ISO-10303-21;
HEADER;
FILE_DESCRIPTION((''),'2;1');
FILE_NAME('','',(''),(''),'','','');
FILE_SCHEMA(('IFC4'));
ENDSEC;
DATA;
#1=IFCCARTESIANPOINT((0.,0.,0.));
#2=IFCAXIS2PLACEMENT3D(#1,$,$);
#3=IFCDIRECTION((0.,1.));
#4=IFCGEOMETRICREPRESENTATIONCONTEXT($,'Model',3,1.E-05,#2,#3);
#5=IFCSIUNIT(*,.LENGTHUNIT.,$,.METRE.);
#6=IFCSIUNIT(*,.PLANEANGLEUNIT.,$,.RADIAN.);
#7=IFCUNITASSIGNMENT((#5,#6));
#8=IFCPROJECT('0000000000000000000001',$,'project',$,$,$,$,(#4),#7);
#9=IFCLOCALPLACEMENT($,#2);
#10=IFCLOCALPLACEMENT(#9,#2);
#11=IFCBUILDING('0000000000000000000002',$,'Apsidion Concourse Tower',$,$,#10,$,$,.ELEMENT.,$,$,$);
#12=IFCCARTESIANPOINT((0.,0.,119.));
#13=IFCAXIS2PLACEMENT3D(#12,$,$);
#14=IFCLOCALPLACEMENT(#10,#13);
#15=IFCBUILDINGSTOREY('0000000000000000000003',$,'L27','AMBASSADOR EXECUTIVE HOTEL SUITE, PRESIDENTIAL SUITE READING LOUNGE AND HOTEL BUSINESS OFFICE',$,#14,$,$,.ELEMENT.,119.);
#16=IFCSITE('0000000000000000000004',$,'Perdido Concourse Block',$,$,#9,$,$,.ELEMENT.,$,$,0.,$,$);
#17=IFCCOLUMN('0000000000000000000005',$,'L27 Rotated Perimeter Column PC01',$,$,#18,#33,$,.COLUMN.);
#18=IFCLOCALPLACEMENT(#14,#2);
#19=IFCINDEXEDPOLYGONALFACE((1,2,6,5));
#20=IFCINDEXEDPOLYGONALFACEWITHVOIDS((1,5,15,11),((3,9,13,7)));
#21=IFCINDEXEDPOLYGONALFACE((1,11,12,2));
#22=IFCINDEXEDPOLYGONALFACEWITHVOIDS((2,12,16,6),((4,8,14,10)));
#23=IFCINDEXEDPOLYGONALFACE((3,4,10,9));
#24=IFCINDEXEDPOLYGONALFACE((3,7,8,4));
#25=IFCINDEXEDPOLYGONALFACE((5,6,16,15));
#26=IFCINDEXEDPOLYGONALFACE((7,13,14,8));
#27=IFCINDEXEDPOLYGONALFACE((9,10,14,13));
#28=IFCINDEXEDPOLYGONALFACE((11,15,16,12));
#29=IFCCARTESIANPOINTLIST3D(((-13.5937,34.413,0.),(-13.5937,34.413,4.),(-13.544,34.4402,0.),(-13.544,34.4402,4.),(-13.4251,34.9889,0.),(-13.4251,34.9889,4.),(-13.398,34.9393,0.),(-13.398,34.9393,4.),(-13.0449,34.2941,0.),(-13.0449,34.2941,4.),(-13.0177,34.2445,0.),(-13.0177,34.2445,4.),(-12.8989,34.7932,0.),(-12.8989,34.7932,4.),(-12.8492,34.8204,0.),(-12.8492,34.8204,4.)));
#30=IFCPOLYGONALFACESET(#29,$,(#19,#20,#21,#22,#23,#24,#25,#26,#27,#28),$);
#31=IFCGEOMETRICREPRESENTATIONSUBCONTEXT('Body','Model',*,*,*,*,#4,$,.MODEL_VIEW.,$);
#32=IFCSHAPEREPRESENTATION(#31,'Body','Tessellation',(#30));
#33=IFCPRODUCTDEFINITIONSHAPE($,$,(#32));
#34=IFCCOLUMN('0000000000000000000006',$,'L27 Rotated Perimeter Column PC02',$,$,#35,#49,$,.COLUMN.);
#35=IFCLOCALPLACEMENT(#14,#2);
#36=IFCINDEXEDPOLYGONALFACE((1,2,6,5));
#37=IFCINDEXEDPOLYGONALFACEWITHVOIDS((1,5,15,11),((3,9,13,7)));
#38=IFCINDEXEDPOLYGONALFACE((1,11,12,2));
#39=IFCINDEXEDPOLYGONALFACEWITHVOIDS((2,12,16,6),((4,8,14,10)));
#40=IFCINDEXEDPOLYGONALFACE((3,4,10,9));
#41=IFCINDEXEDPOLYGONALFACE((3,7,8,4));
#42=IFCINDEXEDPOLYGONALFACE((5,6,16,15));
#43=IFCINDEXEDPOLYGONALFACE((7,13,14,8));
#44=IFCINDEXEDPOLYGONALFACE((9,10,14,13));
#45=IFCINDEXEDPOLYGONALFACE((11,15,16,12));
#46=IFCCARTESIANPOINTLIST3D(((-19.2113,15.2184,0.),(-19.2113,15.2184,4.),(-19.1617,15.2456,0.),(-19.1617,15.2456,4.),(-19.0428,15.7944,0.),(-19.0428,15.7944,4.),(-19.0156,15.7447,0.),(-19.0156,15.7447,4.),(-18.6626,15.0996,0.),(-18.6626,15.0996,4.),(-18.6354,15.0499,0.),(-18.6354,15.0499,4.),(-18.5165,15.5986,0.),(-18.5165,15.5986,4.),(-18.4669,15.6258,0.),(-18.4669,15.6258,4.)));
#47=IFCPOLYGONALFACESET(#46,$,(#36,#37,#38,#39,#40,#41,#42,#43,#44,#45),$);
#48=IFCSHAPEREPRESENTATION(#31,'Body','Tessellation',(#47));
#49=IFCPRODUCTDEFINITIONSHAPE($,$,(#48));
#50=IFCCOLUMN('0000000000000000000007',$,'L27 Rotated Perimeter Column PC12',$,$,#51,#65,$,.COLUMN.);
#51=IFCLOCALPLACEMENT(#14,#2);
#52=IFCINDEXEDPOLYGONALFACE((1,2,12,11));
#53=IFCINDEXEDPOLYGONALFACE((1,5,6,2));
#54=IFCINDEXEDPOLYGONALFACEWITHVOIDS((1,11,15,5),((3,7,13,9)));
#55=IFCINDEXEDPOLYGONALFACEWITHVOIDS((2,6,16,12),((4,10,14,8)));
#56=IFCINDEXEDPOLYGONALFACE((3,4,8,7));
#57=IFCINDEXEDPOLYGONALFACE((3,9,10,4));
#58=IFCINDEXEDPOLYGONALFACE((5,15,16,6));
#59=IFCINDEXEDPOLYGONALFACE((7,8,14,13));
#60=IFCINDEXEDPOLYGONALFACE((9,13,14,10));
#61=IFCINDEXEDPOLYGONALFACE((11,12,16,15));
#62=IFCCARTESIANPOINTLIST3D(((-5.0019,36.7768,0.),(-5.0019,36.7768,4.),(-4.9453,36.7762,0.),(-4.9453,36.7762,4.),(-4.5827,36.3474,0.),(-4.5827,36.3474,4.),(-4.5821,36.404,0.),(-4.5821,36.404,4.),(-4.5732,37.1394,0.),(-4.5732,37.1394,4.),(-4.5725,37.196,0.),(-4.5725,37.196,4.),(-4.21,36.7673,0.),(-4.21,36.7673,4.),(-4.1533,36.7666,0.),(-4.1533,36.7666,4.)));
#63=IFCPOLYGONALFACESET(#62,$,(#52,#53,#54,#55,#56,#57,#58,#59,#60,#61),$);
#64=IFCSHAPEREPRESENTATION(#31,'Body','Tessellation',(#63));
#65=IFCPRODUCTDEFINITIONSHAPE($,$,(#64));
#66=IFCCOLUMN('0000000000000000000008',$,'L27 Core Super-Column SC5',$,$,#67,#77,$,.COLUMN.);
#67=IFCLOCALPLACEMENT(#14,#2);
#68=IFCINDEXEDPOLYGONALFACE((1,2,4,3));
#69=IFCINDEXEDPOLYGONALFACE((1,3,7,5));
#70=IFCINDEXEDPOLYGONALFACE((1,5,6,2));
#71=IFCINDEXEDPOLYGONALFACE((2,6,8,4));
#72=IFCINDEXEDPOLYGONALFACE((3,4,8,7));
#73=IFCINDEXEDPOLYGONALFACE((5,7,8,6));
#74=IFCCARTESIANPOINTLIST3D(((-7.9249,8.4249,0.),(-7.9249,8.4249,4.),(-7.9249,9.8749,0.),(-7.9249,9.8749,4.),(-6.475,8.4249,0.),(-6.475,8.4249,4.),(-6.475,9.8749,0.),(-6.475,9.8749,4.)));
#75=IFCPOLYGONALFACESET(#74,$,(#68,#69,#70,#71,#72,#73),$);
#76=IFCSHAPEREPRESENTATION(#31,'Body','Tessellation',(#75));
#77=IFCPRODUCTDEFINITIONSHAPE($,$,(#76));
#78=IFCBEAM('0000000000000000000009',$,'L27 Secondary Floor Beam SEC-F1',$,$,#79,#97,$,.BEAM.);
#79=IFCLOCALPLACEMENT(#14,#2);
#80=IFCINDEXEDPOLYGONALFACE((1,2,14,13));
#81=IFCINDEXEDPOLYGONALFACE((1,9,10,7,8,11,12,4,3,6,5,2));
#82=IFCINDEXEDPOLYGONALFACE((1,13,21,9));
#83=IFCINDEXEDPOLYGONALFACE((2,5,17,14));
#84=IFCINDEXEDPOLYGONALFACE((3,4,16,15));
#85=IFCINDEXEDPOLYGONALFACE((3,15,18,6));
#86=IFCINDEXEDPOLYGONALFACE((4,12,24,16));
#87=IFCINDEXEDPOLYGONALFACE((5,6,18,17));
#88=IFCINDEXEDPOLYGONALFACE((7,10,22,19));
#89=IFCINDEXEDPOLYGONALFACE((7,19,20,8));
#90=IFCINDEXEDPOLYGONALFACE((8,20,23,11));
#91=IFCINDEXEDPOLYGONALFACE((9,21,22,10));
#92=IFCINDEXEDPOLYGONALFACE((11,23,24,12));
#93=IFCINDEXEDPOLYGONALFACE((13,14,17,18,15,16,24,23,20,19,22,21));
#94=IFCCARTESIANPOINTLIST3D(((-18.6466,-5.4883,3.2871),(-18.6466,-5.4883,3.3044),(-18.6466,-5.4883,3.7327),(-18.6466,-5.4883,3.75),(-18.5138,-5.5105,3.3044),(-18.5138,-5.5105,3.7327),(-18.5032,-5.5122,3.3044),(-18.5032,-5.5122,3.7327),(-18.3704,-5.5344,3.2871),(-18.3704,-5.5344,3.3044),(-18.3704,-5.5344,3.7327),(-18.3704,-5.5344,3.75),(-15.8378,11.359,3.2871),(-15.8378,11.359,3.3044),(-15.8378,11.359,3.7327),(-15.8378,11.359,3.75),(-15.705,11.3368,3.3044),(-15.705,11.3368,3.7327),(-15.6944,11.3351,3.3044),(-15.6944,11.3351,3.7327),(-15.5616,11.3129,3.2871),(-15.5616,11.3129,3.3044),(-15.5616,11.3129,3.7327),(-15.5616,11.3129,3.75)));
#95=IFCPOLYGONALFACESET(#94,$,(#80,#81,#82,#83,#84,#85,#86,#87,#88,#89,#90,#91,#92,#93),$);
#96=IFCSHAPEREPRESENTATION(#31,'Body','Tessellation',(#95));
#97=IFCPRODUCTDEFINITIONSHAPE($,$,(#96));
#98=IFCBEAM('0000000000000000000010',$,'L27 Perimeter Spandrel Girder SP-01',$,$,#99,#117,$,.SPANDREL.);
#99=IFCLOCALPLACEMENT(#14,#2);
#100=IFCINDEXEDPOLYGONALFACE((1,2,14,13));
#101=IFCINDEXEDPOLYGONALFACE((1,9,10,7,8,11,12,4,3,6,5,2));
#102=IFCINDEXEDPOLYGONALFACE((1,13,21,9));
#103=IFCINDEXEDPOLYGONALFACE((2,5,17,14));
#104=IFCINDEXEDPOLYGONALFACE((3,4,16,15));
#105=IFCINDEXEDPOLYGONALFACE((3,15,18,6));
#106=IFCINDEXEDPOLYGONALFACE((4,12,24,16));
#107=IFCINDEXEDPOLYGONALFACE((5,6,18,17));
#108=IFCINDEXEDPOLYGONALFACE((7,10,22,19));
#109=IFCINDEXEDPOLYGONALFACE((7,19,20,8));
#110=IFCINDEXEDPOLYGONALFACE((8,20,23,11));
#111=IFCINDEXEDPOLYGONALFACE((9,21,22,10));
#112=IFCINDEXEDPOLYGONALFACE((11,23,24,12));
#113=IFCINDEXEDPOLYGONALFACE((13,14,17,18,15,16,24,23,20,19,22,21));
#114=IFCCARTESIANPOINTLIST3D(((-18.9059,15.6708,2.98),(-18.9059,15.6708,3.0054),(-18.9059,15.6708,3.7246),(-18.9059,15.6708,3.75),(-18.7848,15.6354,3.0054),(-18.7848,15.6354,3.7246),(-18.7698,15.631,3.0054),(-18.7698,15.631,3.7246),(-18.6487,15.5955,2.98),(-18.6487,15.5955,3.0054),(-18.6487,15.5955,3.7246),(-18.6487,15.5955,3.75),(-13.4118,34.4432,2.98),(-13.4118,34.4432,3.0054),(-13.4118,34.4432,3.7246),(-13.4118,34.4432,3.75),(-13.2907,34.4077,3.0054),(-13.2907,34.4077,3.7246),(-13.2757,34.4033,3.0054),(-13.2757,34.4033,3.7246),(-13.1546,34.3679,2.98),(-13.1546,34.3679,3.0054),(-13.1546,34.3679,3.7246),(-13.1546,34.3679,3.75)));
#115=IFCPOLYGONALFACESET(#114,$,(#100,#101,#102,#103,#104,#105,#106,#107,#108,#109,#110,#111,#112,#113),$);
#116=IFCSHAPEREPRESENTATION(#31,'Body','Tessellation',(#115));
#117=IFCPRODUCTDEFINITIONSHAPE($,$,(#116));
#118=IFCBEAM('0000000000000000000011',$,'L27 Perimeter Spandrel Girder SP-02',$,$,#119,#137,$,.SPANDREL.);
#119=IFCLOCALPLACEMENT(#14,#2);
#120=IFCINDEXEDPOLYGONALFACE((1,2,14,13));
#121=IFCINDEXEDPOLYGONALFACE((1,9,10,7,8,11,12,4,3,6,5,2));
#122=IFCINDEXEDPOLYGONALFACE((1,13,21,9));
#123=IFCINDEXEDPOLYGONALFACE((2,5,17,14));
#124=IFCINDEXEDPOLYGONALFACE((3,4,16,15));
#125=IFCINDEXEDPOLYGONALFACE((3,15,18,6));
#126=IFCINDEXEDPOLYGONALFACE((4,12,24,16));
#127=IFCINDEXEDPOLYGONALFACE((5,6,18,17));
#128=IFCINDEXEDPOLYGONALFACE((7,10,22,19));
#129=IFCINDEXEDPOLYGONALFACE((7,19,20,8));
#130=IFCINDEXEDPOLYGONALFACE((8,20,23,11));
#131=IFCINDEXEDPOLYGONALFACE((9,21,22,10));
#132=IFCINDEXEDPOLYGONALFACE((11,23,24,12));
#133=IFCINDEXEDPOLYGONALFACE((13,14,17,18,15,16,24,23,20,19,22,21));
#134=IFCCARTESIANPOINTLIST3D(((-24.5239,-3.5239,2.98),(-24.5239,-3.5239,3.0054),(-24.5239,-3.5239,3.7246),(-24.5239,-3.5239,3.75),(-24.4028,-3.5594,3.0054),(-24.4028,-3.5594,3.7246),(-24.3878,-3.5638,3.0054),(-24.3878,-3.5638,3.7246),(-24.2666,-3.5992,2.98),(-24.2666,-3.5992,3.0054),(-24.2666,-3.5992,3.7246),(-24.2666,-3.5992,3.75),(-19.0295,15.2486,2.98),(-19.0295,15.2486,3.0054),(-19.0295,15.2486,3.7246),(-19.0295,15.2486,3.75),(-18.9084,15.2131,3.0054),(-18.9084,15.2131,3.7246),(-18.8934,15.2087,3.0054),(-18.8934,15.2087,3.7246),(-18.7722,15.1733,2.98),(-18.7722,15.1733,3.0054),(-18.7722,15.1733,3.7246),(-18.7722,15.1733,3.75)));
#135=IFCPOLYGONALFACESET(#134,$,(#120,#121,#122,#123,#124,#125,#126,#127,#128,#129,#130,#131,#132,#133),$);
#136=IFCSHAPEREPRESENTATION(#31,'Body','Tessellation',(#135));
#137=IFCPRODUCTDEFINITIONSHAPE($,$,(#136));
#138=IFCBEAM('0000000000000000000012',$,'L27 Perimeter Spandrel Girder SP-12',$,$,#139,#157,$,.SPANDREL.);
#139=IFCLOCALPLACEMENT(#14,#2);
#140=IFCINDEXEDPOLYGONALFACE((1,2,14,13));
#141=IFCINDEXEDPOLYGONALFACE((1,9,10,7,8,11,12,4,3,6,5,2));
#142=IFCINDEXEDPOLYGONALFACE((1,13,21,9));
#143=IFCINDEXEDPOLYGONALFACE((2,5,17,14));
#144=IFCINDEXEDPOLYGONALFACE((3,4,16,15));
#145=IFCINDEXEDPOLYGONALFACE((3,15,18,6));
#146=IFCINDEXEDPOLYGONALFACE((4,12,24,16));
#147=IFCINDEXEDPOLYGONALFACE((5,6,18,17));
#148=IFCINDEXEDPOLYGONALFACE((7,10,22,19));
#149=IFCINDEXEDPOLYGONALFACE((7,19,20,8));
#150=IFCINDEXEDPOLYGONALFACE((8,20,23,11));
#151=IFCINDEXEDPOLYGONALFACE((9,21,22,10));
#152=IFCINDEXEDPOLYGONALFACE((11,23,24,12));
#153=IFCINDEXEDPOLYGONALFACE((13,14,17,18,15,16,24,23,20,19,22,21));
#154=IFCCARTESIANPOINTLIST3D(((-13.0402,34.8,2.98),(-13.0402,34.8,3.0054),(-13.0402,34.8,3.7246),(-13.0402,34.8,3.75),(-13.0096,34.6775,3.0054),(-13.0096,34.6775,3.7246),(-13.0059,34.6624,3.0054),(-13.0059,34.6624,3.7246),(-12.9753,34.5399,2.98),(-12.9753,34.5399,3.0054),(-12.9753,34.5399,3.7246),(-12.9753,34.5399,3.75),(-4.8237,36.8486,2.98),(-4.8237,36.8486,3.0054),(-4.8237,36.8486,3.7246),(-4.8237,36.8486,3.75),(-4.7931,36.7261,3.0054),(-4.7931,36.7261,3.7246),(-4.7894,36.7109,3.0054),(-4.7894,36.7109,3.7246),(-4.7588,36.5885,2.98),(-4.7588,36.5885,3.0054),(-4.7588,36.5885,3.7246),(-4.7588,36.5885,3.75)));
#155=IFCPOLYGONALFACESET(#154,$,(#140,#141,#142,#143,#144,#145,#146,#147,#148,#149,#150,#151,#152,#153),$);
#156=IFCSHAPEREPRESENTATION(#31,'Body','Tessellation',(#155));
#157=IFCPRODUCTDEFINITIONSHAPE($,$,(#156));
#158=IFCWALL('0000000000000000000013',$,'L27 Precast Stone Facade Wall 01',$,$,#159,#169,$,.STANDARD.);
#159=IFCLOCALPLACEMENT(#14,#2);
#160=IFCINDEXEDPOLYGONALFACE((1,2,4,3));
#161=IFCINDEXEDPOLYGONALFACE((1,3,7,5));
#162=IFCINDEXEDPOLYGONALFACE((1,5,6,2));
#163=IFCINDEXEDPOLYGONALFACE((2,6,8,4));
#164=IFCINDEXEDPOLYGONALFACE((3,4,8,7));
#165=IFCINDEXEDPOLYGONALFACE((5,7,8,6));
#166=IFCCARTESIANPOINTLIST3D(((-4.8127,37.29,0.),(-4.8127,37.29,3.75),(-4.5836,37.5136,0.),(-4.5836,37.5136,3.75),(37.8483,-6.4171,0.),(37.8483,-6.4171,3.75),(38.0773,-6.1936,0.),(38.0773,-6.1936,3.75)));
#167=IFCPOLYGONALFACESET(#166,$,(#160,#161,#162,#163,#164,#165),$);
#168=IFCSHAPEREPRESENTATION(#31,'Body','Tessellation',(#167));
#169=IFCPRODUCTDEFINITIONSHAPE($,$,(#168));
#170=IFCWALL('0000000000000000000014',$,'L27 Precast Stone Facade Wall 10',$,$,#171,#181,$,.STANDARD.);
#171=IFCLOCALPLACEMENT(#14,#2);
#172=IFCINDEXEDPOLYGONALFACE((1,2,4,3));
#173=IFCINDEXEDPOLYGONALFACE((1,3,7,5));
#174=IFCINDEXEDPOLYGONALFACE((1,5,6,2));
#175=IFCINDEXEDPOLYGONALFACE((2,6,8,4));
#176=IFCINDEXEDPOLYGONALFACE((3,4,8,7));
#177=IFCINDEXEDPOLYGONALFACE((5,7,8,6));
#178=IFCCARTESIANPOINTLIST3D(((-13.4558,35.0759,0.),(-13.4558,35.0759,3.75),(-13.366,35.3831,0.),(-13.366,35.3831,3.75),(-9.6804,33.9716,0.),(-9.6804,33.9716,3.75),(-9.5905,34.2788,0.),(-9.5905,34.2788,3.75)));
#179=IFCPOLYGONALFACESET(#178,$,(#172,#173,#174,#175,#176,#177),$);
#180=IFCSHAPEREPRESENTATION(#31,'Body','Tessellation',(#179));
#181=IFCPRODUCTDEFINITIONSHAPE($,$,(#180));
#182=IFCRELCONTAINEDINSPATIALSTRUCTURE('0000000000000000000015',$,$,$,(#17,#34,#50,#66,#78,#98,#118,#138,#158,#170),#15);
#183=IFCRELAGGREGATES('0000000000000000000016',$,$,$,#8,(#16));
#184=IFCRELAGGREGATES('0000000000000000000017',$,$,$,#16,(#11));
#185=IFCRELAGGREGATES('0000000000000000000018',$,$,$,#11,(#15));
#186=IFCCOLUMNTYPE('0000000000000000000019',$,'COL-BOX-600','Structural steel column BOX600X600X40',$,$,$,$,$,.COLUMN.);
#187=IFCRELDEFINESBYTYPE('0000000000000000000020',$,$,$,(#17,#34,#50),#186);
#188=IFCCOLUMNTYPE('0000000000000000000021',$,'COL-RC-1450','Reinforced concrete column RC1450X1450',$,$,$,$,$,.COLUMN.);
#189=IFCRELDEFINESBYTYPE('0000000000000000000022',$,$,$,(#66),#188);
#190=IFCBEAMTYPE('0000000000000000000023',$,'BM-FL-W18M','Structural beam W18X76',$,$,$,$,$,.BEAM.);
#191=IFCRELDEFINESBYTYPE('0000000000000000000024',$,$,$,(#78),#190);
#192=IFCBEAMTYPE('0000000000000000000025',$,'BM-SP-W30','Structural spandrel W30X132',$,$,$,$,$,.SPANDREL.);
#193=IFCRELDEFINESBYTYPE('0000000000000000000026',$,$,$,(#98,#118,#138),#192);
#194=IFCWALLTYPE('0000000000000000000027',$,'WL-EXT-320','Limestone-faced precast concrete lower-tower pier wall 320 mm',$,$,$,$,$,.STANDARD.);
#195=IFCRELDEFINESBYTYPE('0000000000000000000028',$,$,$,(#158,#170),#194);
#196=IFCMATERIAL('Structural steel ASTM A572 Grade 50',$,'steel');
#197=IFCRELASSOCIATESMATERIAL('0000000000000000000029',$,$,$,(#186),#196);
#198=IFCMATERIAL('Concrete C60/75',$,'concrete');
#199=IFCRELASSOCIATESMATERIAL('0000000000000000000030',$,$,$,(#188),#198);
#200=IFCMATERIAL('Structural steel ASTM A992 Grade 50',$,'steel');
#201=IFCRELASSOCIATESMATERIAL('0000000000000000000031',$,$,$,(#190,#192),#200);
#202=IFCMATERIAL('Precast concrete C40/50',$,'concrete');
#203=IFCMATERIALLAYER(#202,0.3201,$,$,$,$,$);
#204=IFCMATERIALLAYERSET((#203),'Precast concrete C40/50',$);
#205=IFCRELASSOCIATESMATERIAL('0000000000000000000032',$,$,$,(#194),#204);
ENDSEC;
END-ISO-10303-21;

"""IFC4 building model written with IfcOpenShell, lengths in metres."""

from ifc_helpers import new_model, si_unit, direction, frame, frame_2d, origin, origin_2d, place, context, subcontext, project, spatial, rectangle, hollow_rectangle, i_section, extrude, material, layer, layer_set, material_profile, profile_set, type_object, element, save


model = new_model("IFC4")

# Units and contexts
model_context = context("Model", 3, precision=1e-05, world=origin(), true_north=direction((0.0, 1.0)))
body_context = subcontext(model_context, "Body", "Model", "MODEL_VIEW")
ifc_project = project(units=[si_unit("LENGTHUNIT", "METRE"), si_unit("PLANEANGLEUNIT", "RADIAN")], contexts=[model_context])

# Site, building, storey
site_placement = place(None, origin())
site = spatial("IfcSite", under=ifc_project, at=site_placement, Name="Perdido Concourse Block", CompositionType="ELEMENT", RefElevation=0.0)
building_placement = place(site_placement, origin())
building = spatial("IfcBuilding", under=site, at=building_placement, Name="Apsidion Concourse Tower", CompositionType="ELEMENT")
storey_placement = place(building_placement, frame((0.0, 0.0, 119.0)))
storey = spatial("IfcBuildingStorey", under=building, at=storey_placement, Name="L27", Description="AMBASSADOR EXECUTIVE HOTEL SUITE, PRESIDENTIAL SUITE READING LOUNGE AND HOTEL BUSINESS OFFICE", CompositionType="ELEMENT", Elevation=119.0)

# Columns
ifc_material_1 = material(Name="Structural steel ASTM A572 Grade 50", Category="steel")
ifc_material_profile_1 = material_profile(ifc_material_1, hollow_rectangle(XDim=0.6001, YDim=0.6001, WallThickness=0.04, at=origin_2d()), Name="BOX600X600X40")
ifc_profile_set_1 = profile_set([ifc_material_profile_1], Name="Structural steel ASTM A572 Grade 50")
column_type_1 = type_object("IfcColumnType", Name="COL-BOX-600", Description="Structural steel column BOX600X600X40", PredefinedType="COLUMN", material=ifc_profile_set_1)
for number, where, z_axis, x_axis, name in (
    (1, (-13.2214, 34.6167, 0.0), (0.0, 0.0, 1.0), (0.280834, 0.959756, 0.0), "L27 Rotated Perimeter Column PC01"),
    (2, (-18.8391, 15.4221, 0.0), (0.0, 0.0, 1.0), (0.280834, 0.959756, 0.0), "L27 Rotated Perimeter Column PC02"),
    (3, (-4.5776, 36.7717, 0.0), (0.0, 0.0, 1.0), (-0.69854, 0.715571, 0.0), "L27 Rotated Perimeter Column PC12"),
):
    element("IfcColumn", number, at=place(storey_placement, frame(where, z_axis=z_axis, x_axis=x_axis)), inside=storey, type_object=column_type_1, Name=name, PredefinedType="COLUMN", context=body_context, shape_type="SweptSolid", body=[
        extrude(hollow_rectangle(XDim=0.6001, YDim=0.6001, WallThickness=0.04, at=origin_2d()), origin(), (0.0, 0.0, 1.0), 4.0),
    ])
ifc_material_2 = material(Name="Concrete C60/75", Category="concrete")
ifc_material_profile_2 = material_profile(ifc_material_2, rectangle(XDim=1.45, YDim=1.45, at=origin_2d()), Name="RC 1450x1450")
ifc_profile_set_2 = profile_set([ifc_material_profile_2], Name="Concrete C60/75")
column_type_2 = type_object("IfcColumnType", Name="COL-RC-1450", Description="Reinforced concrete column RC1450X1450", PredefinedType="COLUMN", material=ifc_profile_set_2)
column_placement = place(storey_placement, frame((-7.2, 9.1499, 0.0), z_axis=(0.0, 0.0, 1.0), x_axis=(1.0, 0.0, 0.0)))
element("IfcColumn", 4, at=column_placement, inside=storey, type_object=column_type_2, Name="L27 Core Super-Column SC5", PredefinedType="COLUMN", context=body_context, shape_type="SweptSolid", body=[
    extrude(rectangle(XDim=1.45, YDim=1.45, at=origin_2d()), origin(), (0.0, 0.0, 1.0), 4.0),
])

# Beams
ifc_material_3 = material(Name="Structural steel ASTM A992 Grade 50", Category="steel")
ifc_material_profile_3 = material_profile(ifc_material_3, i_section(OverallWidth=0.28, OverallDepth=0.4629, WebThickness=0.0107, FlangeThickness=0.0173, at=origin_2d()), Name="W18X76")
ifc_profile_set_3 = profile_set([ifc_material_profile_3], Name="Structural steel ASTM A992 Grade 50")
beam_type_1 = type_object("IfcBeamType", Name="BM-FL-W18M", Description="Structural beam W18X76", PredefinedType="BEAM", material=ifc_profile_set_3)
beam_1_placement = place(storey_placement, frame((-15.6997, 11.3359, 3.5186), z_axis=(-0.164452, -0.986385, 0.0), x_axis=(0.986385, -0.164452, 0.0)))
element("IfcBeam", 5, at=beam_1_placement, inside=storey, type_object=beam_type_1, Name="L27 Secondary Floor Beam SEC-F1", PredefinedType="BEAM", context=body_context, shape_type="SweptSolid", body=[
    extrude(i_section(OverallWidth=0.28, OverallDepth=0.4629, WebThickness=0.0107, FlangeThickness=0.0173, at=origin_2d()), origin(), (0.0, 0.0, 1.0), 17.0798),
])
ifc_material_profile_4 = material_profile(ifc_material_3, i_section(OverallWidth=0.2681, OverallDepth=0.77, WebThickness=0.0156, FlangeThickness=0.0254, at=origin_2d()), Name="W30X132")
ifc_profile_set_4 = profile_set([ifc_material_profile_4], Name="Structural steel ASTM A992 Grade 50")
beam_type_2 = type_object("IfcBeamType", Name="BM-SP-W30", Description="Structural spandrel W30X132", PredefinedType="SPANDREL", material=ifc_profile_set_4)
beam_2_placement = place(storey_placement, frame((-13.2832, 34.4055, 3.365), z_axis=(-0.280888, -0.959741, 0.0), x_axis=(0.959741, -0.280888, 0.0)))
element("IfcBeam", 6, at=beam_2_placement, inside=storey, type_object=beam_type_2, Name="L27 Perimeter Spandrel Girder SP-01", PredefinedType="SPANDREL", context=body_context, shape_type="SweptSolid", body=[
    extrude(i_section(OverallWidth=0.2681, OverallDepth=0.77, WebThickness=0.0156, FlangeThickness=0.0254, at=origin_2d()), origin(), (0.0, 0.0, 1.0), 19.5598),
])
beam_3_placement = place(storey_placement, frame((-18.9009, 15.2109, 3.365), z_axis=(-0.280899, -0.959737, 0.0), x_axis=(0.959737, -0.280899, 0.0)))
element("IfcBeam", 7, at=beam_3_placement, inside=storey, type_object=beam_type_2, Name="L27 Perimeter Spandrel Girder SP-02", PredefinedType="SPANDREL", context=body_context, shape_type="SweptSolid", body=[
    extrude(i_section(OverallWidth=0.2681, OverallDepth=0.77, WebThickness=0.0156, FlangeThickness=0.0254, at=origin_2d()), origin(), (0.0, 0.0, 1.0), 19.5601),
])
beam_4_placement = place(storey_placement, frame((-4.7913, 36.7185, 3.365), z_axis=(-0.970297, -0.241918, 0.0), x_axis=(0.241918, -0.970297, 0.0)))
element("IfcBeam", 8, at=beam_4_placement, inside=storey, type_object=beam_type_2, Name="L27 Perimeter Spandrel Girder SP-12", PredefinedType="SPANDREL", context=body_context, shape_type="SweptSolid", body=[
    extrude(i_section(OverallWidth=0.2681, OverallDepth=0.77, WebThickness=0.0156, FlangeThickness=0.0254, at=origin_2d()), origin(), (0.0, 0.0, 1.0), 8.468),
])

# Walls
ifc_material_4 = material(Name="Precast concrete C40/50", Category="concrete")
ifc_layer_1 = layer(ifc_material_4, 0.3201)
ifc_layer_set_1 = layer_set([ifc_layer_1], Name="Precast concrete C40/50")
wall_type_1 = type_object("IfcWallType", Name="WL-EXT-320", Description="Limestone-faced precast concrete lower-tower pier wall 320 mm", PredefinedType="STANDARD", material=ifc_layer_set_1)
wall_1_placement = place(storey_placement, frame((-4.6982, 37.4019, 0.0), z_axis=(0.0, 0.0, 1.0), x_axis=(0.698491, -0.715619, 0.0)))
element("IfcWall", 9, at=wall_1_placement, inside=storey, type_object=wall_type_1, Name="L27 Precast Stone Facade Wall 01", PredefinedType="STANDARD", context=body_context, shape_type="SweptSolid", body=[
    extrude(rectangle(XDim=61.0759, YDim=0.3201, at=frame_2d((30.5381, 0.0))), origin(), (0.0, 0.0, 1.0), 3.75),
])
wall_2_placement = place(storey_placement, frame((-13.4109, 35.2295, 0.0), z_axis=(0.0, 0.0, 1.0), x_axis=(0.959788, -0.280724, 0.0)))
element("IfcWall", 10, at=wall_2_placement, inside=storey, type_object=wall_type_1, Name="L27 Precast Stone Facade Wall 10", PredefinedType="STANDARD", context=body_context, shape_type="SweptSolid", body=[
    extrude(rectangle(XDim=3.9336, YDim=0.3201, at=frame_2d((1.9668, 0.0))), origin(), (0.0, 0.0, 1.0), 3.75),
])

save(model, "model.ifc")
